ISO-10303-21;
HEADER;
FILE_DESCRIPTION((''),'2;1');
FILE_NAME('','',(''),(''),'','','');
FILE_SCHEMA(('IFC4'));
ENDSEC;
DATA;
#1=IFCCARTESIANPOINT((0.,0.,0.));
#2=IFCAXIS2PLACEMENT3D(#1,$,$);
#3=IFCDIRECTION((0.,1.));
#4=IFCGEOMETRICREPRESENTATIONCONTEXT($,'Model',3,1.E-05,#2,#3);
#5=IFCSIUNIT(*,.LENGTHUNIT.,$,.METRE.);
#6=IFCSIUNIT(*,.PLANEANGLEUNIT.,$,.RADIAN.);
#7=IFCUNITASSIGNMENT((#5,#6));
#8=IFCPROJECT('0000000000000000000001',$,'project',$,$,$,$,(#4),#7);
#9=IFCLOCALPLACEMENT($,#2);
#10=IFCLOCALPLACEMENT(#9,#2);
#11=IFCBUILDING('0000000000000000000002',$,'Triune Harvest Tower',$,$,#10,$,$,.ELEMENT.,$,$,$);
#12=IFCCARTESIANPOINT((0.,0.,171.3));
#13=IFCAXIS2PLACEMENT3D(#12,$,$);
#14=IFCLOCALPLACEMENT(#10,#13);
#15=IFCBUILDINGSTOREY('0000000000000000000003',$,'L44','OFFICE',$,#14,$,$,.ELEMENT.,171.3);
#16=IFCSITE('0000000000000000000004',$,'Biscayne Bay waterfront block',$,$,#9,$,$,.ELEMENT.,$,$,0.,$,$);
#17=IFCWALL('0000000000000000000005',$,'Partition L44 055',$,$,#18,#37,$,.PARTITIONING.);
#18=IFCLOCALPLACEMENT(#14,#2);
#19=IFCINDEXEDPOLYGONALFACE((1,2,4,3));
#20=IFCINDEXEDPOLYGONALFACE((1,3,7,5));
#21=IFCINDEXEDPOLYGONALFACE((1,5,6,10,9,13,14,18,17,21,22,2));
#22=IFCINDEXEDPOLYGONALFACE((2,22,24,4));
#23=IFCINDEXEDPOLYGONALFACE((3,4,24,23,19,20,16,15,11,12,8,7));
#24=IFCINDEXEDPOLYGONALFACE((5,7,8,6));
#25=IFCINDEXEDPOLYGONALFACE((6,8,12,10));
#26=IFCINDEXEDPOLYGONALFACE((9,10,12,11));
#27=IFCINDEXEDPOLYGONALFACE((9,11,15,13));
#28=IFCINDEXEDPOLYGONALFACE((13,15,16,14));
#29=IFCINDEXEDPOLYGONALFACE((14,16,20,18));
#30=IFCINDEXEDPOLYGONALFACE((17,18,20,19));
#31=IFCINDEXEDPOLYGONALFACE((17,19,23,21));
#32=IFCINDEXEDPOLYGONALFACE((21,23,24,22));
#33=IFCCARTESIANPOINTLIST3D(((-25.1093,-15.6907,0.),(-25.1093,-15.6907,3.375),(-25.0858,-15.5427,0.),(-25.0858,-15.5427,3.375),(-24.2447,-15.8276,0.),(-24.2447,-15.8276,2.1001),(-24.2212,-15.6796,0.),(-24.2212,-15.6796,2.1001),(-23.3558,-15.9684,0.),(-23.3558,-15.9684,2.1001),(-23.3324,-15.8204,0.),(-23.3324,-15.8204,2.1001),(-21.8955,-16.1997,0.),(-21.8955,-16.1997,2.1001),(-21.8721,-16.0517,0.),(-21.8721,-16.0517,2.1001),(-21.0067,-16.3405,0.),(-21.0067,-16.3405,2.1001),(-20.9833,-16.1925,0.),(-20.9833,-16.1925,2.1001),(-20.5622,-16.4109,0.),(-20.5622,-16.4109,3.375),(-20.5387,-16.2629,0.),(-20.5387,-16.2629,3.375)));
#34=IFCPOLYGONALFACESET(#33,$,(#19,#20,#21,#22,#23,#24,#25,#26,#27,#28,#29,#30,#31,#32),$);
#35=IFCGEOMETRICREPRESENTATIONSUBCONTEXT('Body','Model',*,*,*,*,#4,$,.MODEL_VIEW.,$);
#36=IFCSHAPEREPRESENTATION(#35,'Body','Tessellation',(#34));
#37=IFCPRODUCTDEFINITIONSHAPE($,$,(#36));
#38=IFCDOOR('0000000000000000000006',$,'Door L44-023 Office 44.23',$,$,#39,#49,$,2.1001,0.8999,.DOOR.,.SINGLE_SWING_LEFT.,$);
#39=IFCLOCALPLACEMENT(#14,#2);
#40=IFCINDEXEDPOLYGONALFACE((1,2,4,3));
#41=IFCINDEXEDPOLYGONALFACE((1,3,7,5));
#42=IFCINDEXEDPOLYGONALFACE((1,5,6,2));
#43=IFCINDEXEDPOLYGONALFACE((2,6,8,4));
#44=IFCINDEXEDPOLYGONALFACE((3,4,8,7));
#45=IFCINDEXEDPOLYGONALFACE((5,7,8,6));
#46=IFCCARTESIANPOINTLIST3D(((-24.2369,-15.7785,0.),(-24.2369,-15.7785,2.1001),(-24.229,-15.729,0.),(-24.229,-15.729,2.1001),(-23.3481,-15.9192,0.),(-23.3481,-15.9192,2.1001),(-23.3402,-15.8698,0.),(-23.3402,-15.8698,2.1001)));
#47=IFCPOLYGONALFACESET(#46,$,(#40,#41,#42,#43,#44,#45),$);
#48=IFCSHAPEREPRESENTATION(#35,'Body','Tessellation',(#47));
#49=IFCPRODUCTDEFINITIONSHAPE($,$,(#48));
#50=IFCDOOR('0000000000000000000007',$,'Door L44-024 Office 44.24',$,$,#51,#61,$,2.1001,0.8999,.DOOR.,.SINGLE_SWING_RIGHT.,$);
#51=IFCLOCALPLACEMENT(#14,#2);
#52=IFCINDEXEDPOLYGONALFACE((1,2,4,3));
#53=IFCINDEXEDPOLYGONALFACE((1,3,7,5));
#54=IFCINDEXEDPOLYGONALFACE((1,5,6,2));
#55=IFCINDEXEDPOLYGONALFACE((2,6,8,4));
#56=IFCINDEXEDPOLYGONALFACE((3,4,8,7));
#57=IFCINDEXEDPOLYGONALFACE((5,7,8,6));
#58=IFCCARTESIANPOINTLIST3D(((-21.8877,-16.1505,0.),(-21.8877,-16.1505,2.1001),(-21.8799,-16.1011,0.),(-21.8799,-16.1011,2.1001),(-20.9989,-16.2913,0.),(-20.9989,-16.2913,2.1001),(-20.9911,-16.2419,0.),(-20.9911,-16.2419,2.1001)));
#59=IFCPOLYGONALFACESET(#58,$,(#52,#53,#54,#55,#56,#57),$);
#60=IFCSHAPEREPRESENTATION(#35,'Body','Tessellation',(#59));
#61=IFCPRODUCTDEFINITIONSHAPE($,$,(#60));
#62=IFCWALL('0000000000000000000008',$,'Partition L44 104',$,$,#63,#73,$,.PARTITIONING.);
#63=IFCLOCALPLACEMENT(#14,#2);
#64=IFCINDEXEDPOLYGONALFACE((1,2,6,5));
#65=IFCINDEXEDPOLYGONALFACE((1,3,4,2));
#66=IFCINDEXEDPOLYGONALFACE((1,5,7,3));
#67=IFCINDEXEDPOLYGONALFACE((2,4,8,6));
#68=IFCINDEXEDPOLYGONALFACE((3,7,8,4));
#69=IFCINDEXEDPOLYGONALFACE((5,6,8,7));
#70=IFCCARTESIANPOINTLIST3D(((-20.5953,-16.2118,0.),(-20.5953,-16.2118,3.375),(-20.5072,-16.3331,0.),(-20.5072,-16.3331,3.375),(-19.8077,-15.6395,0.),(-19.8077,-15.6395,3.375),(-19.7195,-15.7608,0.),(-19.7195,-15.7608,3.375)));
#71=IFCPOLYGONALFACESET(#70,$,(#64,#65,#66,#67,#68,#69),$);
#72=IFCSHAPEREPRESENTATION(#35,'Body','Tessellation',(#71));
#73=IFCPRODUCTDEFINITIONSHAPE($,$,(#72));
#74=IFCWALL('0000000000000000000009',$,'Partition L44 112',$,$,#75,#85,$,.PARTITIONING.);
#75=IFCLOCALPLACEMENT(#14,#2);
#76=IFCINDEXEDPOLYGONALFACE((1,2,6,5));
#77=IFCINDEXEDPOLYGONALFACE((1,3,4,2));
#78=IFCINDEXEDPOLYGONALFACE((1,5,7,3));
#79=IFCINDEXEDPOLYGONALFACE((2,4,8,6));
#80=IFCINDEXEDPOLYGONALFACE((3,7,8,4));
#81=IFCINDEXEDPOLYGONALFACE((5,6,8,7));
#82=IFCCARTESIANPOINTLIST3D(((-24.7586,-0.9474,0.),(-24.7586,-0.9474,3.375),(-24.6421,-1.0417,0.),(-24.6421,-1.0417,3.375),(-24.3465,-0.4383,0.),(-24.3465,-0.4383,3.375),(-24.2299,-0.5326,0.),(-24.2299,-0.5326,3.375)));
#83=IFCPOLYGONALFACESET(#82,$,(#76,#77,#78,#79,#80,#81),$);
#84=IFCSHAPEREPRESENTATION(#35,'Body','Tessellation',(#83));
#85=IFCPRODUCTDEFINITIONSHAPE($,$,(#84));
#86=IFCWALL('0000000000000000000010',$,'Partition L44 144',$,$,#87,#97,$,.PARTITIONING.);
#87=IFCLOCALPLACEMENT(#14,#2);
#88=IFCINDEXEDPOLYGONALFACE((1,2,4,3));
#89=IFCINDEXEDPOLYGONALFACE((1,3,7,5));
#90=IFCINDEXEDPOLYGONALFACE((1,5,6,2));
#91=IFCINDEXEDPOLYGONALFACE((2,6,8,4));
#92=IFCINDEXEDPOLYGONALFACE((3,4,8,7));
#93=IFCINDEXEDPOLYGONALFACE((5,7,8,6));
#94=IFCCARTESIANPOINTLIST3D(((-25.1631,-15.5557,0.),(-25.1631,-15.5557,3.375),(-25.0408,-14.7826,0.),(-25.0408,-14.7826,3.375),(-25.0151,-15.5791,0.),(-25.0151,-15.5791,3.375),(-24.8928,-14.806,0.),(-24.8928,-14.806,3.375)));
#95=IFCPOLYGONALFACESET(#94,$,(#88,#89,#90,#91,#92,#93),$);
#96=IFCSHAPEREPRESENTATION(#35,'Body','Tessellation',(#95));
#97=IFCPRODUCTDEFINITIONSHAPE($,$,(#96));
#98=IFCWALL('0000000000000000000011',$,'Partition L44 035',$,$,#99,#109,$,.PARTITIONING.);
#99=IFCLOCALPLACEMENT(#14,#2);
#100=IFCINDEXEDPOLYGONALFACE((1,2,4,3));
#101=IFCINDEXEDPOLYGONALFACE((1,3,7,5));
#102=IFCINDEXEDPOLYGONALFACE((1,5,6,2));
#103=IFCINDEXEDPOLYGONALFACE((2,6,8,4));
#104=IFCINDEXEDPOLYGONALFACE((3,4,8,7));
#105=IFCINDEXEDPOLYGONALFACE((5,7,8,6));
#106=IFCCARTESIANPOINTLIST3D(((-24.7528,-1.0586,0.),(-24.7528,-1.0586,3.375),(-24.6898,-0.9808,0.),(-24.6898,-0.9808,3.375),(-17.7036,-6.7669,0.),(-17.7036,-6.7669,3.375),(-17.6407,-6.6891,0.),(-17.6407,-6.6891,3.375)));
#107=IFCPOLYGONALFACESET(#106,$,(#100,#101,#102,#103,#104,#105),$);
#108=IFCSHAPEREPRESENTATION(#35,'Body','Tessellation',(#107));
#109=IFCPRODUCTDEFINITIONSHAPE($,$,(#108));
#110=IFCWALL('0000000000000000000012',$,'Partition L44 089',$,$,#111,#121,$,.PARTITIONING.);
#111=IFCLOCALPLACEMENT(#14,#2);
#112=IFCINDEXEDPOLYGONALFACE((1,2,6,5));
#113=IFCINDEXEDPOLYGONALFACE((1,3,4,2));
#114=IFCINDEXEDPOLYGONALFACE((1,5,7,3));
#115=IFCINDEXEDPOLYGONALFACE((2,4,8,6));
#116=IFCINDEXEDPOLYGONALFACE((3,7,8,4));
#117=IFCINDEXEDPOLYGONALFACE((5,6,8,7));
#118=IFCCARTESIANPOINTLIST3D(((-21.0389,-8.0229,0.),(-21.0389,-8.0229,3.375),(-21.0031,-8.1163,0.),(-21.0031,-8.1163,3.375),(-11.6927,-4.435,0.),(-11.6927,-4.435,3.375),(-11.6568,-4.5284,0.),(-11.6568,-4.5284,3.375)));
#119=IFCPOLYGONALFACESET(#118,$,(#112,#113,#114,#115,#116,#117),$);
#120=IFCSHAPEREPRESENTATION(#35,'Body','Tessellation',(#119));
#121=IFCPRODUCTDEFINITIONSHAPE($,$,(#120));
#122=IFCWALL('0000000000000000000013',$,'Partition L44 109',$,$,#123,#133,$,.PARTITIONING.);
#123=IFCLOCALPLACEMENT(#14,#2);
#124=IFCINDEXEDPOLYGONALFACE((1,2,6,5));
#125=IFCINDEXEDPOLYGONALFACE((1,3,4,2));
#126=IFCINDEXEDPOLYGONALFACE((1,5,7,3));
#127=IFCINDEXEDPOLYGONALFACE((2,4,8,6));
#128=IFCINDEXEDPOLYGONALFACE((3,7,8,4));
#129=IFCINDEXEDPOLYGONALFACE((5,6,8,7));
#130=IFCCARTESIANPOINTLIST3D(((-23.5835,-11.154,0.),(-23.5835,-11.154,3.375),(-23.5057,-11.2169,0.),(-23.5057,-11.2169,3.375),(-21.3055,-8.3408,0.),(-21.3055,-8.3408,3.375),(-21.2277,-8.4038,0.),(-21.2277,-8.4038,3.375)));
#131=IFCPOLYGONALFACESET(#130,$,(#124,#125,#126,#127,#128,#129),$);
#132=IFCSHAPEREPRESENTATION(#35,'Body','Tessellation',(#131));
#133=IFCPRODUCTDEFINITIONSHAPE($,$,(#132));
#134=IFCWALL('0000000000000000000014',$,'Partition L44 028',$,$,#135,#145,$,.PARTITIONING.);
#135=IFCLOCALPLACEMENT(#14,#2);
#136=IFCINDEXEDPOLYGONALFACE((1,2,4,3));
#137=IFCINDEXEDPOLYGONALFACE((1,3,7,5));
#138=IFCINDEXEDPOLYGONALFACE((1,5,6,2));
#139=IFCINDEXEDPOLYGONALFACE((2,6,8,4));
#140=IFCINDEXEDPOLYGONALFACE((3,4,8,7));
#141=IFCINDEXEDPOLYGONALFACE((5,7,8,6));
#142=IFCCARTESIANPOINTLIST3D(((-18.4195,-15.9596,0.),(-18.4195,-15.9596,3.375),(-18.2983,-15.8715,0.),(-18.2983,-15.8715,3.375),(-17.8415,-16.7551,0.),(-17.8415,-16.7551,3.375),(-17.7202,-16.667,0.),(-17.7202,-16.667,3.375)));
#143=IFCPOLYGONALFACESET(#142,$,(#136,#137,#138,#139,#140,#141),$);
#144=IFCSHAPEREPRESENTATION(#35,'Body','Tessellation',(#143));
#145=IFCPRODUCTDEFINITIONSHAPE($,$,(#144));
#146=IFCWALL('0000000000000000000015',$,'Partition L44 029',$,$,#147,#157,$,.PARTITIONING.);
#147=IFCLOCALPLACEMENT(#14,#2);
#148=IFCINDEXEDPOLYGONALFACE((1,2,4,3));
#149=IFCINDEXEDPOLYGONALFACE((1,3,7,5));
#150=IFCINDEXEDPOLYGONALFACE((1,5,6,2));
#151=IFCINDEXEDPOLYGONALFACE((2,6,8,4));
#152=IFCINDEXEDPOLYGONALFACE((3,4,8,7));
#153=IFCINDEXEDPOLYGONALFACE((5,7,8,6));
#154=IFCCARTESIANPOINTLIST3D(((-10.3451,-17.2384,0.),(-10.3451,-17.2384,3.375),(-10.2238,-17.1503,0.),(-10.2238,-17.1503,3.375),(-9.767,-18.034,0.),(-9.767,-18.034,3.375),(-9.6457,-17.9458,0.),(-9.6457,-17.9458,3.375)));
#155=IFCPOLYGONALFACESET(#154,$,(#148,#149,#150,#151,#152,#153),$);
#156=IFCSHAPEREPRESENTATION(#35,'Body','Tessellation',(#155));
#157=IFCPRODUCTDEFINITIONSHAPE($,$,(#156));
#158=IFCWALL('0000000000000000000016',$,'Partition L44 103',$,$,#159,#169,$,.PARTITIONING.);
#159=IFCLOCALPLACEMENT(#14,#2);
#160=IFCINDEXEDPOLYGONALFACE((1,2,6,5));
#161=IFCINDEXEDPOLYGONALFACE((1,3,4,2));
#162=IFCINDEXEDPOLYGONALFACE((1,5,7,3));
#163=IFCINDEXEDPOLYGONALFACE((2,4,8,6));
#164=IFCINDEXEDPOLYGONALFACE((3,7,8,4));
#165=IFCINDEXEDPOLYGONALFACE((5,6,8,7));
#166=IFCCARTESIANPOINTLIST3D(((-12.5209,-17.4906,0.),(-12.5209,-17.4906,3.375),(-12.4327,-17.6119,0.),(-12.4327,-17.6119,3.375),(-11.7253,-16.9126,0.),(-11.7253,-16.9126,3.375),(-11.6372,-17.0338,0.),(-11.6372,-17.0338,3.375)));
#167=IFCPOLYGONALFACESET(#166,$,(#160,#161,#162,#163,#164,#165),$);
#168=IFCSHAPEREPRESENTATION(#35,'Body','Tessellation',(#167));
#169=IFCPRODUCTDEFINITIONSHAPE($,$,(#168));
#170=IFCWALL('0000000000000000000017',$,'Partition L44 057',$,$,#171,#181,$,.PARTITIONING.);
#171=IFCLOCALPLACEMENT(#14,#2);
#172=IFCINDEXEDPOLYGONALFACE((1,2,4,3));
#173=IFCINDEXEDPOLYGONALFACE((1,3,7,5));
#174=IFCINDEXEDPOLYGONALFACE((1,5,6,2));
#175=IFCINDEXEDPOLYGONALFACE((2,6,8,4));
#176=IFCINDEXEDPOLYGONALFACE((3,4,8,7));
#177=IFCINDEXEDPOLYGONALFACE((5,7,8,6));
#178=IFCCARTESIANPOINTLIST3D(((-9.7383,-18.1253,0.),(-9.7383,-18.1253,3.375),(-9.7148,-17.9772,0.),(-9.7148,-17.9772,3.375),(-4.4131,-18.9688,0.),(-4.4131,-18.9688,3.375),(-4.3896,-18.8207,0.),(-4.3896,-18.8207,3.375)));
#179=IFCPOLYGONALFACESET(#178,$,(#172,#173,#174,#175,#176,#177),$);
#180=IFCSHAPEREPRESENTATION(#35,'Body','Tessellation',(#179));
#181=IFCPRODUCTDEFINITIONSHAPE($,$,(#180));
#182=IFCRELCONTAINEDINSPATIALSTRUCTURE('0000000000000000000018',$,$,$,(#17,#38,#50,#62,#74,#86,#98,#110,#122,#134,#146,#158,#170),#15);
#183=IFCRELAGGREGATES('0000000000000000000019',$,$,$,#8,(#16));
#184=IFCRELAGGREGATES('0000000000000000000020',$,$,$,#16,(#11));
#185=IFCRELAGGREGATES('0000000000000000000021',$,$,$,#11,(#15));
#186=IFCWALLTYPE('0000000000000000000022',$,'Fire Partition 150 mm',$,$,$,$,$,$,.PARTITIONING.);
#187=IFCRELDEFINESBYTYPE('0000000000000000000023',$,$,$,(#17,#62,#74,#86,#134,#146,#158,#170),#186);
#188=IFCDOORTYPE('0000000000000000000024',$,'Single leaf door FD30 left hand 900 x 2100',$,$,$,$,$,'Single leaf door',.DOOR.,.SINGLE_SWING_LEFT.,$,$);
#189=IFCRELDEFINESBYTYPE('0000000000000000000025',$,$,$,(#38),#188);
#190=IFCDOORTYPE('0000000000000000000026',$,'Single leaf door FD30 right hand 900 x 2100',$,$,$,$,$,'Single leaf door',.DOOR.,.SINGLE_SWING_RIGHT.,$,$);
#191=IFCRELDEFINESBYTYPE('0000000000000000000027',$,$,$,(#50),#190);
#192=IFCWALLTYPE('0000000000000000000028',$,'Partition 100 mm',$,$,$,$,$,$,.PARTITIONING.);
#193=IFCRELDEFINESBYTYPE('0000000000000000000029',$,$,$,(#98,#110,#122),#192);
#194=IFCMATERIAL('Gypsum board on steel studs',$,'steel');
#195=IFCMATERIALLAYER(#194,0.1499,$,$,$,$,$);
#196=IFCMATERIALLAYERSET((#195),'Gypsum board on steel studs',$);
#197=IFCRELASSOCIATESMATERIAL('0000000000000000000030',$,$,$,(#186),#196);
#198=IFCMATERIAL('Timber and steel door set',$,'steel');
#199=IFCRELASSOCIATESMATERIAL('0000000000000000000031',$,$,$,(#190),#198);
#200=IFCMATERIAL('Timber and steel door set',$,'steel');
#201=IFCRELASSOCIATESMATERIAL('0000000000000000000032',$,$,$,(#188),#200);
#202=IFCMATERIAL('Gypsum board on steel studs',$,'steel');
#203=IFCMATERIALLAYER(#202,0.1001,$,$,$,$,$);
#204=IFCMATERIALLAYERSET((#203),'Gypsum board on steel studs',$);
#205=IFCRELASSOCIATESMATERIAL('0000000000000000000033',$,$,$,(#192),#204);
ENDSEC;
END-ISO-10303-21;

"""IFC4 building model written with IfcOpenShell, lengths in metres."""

from ifc_helpers import new_model, si_unit, direction, frame, frame_2d, origin, place, context, subcontext, project, spatial, rectangle, extrude, source, transform, mapped, material, layer, layer_set, type_object, element, fill, save


model = new_model("IFC4")

# Units and contexts
model_context = context("Model", 3, precision=1e-05, world=origin(), true_north=direction((0.0, 1.0)))
body_context = subcontext(model_context, "Body", "Model", "MODEL_VIEW")
ifc_project = project(units=[si_unit("LENGTHUNIT", "METRE"), si_unit("PLANEANGLEUNIT", "RADIAN")], contexts=[model_context])

# Site, building, storey
site_placement = place(None, origin())
site = spatial("IfcSite", under=ifc_project, at=site_placement, Name="Biscayne Bay waterfront block", CompositionType="ELEMENT", RefElevation=0.0)
building_placement = place(site_placement, origin())
building = spatial("IfcBuilding", under=site, at=building_placement, Name="Triune Harvest Tower", CompositionType="ELEMENT")
storey_placement = place(building_placement, frame((0.0, 0.0, 171.3)))
storey = spatial("IfcBuildingStorey", under=building, at=storey_placement, Name="L44", Description="OFFICE", CompositionType="ELEMENT", Elevation=171.3)

# Shared definitions
ifc_material_1 = material(Name="Gypsum board on steel studs", Category="steel")
ifc_layer_1 = layer(ifc_material_1, 0.1499)
ifc_layer_set_1 = layer_set([ifc_layer_1], Name="Gypsum board on steel studs")
wall_type_1 = type_object("IfcWallType", Name="Fire Partition 150 mm", PredefinedType="PARTITIONING", material=ifc_layer_set_1)
ifc_material_2 = material(Name="Timber and steel door set", Category="steel")
door_type_1 = type_object("IfcDoorType", Name="Single leaf door FD30 right hand 900 x 2100", ElementType="Single leaf door", OperationType="SINGLE_SWING_RIGHT", PredefinedType="DOOR", material=ifc_material_2)

# Wall, openings, doors
wall_1_placement = place(storey_placement, frame((-25.0974, -15.6167, 0.0), z_axis=(0.0, 0.0, 1.0), x_axis=(0.987688, -0.156439, 0.0)))
wall_1 = element("IfcWall", 1, at=wall_1_placement, inside=storey, type_object=wall_type_1, Name="Partition L44 055", PredefinedType="PARTITIONING", context=body_context, shape_type="SweptSolid", body=[
    extrude(rectangle(XDim=4.6038, YDim=0.1499, at=frame_2d((2.3018, 0.0))), origin(), (0.0, 0.0, 1.0), 3.375),
])
opening_1_placement = place(wall_1_placement, frame((0.8752, 0.0, 0.0)))
opening_1 = element("IfcOpeningElement", 2, at=opening_1_placement, cuts=wall_1, PredefinedType="OPENING", context=body_context, shape_type="SweptSolid", body=[
    extrude(rectangle(XDim=0.8999, YDim=2.1001, at=frame_2d((0.45, 1.05))), frame((0.0, 0.085, 0.0), z_axis=(0.0, -1.0, 0.0), x_axis=(1.0, 0.0, 0.0)), (0.0, 0.0, 1.0), 0.1699),
])
opening_2_placement = place(wall_1_placement, frame((3.2537, 0.0, 0.0)))
opening_2 = element("IfcOpeningElement", 3, at=opening_2_placement, cuts=wall_1, PredefinedType="OPENING", context=body_context, shape_type="SweptSolid", body=[
    extrude(rectangle(XDim=0.8999, YDim=2.1001, at=frame_2d((0.45, 1.05))), frame((0.0, 0.085, 0.0), z_axis=(0.0, -1.0, 0.0), x_axis=(1.0, 0.0, 0.0)), (0.0, 0.0, 1.0), 0.1699),
])
ifc_material_3 = material(Name="Timber and steel door set", Category="steel")
door_type_2 = type_object("IfcDoorType", Name="Single leaf door FD30 left hand 900 x 2100", ElementType="Single leaf door", OperationType="SINGLE_SWING_LEFT", PredefinedType="DOOR", material=ifc_material_3)
door_1_placement = place(opening_1_placement, origin())
door_1 = element("IfcDoor", 4, at=door_1_placement, inside=storey, type_object=door_type_2, Name="Door L44-023 Office 44.23", OperationType="SINGLE_SWING_LEFT", OverallHeight=2.1001, OverallWidth=0.8999, PredefinedType="DOOR", context=body_context, shape_type="SweptSolid", body=[
    extrude(rectangle(XDim=0.8999, YDim=2.1001, at=frame_2d((0.45, 1.05))), frame((0.0, 0.0249, 0.0), z_axis=(0.0, -1.0, 0.0), x_axis=(1.0, 0.0, 0.0)), (0.0, 0.0, 1.0), 0.05),
])
fill(opening_1, door_1)
door_2_placement = place(opening_2_placement, origin())
door_2 = element("IfcDoor", 5, at=door_2_placement, inside=storey, type_object=door_type_1, Name="Door L44-024 Office 44.24", OperationType="SINGLE_SWING_RIGHT", OverallHeight=2.1001, OverallWidth=0.8999, PredefinedType="DOOR", context=body_context, shape_type="SweptSolid", body=[
    extrude(rectangle(XDim=0.8999, YDim=2.1001, at=frame_2d((0.45, 1.05))), frame((0.0, 0.0249, 0.0), z_axis=(0.0, -1.0, 0.0), x_axis=(1.0, 0.0, 0.0)), (0.0, 0.0, 1.0), 0.05),
])
fill(opening_2, door_2)

# Walls
wall_2_placement = place(storey_placement, frame((-20.5513, -16.2725, 0.0), z_axis=(0.0, 0.0, 1.0), x_axis=(0.808996, 0.587814, 0.0)))
element("IfcWall", 6, at=wall_2_placement, inside=storey, type_object=wall_type_1, Name="Partition L44 104", PredefinedType="PARTITIONING", context=body_context, shape_type="SweptSolid", body=[
    extrude(rectangle(XDim=0.9736, YDim=0.1499, at=frame_2d((0.4868, 0.0))), origin(), (0.0, 0.0, 1.0), 3.375),
])
wall_3_placement = place(storey_placement, frame((-24.7004, -0.9946, 0.0), z_axis=(0.0, 0.0, 1.0), x_axis=(0.62923, 0.777219, 0.0)))
element("IfcWall", 7, at=wall_3_placement, inside=storey, type_object=wall_type_1, Name="Partition L44 112", PredefinedType="PARTITIONING", context=body_context, shape_type="SweptSolid", body=[
    extrude(rectangle(XDim=0.655, YDim=0.1499, at=frame_2d((0.3276, 0.0))), origin(), (0.0, 0.0, 1.0), 3.375),
])
wall_4_placement = place(storey_placement, frame((-25.0891, -15.5674, 0.0), z_axis=(0.0, 0.0, 1.0), x_axis=(0.156251, 0.987717, 0.0)))
element("IfcWall", 8, at=wall_4_placement, inside=storey, type_object=wall_type_1, Name="Partition L44 144", PredefinedType="PARTITIONING", context=body_context, shape_type="SweptSolid", body=[
    extrude(rectangle(XDim=0.7827, YDim=0.1499, at=frame_2d((0.3914, 0.0))), origin(), (0.0, 0.0, 1.0), 3.375),
])
ifc_material_4 = material(Name="Gypsum board on steel studs", Category="steel")
ifc_layer_2 = layer(ifc_material_4, 0.1001)
ifc_layer_set_2 = layer_set([ifc_layer_2], Name="Gypsum board on steel studs")
wall_type_2 = type_object("IfcWallType", Name="Partition 100 mm", PredefinedType="PARTITIONING", material=ifc_layer_set_2)
wall_5_placement = place(storey_placement, frame((-24.7212, -1.0198, 0.0), z_axis=(0.0, 0.0, 1.0), x_axis=(0.777145, -0.629322, 0.0)))
element("IfcWall", 9, at=wall_5_placement, inside=storey, type_object=wall_type_2, Name="Partition L44 035", PredefinedType="PARTITIONING", context=body_context, shape_type="SweptSolid", body=[
    extrude(rectangle(XDim=9.0706, YDim=0.1001, at=frame_2d((4.5352, 0.0))), origin(), (0.0, 0.0, 1.0), 3.375),
])
wall_6_placement = place(storey_placement, frame((-21.021, -8.0696, 0.0), z_axis=(0.0, 0.0, 1.0), x_axis=(0.933573, 0.358387, 0.0)))
element("IfcWall", 10, at=wall_6_placement, inside=storey, type_object=wall_type_2, Name="Partition L44 089", PredefinedType="PARTITIONING", context=body_context, shape_type="SweptSolid", body=[
    extrude(rectangle(XDim=10.0112, YDim=0.1001, at=frame_2d((5.0056, 0.0))), origin(), (0.0, 0.0, 1.0), 3.375),
])
wall_7_placement = place(storey_placement, frame((-23.5447, -11.1855, 0.0), z_axis=(0.0, 0.0, 1.0), x_axis=(0.629315, 0.777151, 0.0)))
element("IfcWall", 11, at=wall_7_placement, inside=storey, type_object=wall_type_2, Name="Partition L44 109", PredefinedType="PARTITIONING", context=body_context, shape_type="SweptSolid", body=[
    extrude(rectangle(XDim=3.6199, YDim=0.1001, at=frame_2d((1.8101, 0.0))), origin(), (0.0, 0.0, 1.0), 3.375),
])
shared_shape_1 = source(origin(), body_context, "Body", "SweptSolid", [
    extrude(rectangle(XDim=0.9834, YDim=0.1499, at=frame_2d((0.4917, 0.0))), origin(), (0.0, 0.0, 1.0), 3.375),
])
for number, where, z_axis, x_axis, name in (
    (12, (-18.3589, -15.9155, 0.0), (0.0, 0.0, 1.0), (0.587817, -0.808994, 0.0), "Partition L44 028"),
    (13, (-10.2844, -17.1943, 0.0), (0.0, 0.0, 1.0), (0.587817, -0.808994, 0.0), "Partition L44 029"),
    (14, (-12.4768, -17.5513, 0.0), (0.0, 0.0, 1.0), (0.808994, 0.587817, 0.0), "Partition L44 103"),
):
    element("IfcWall", number, at=place(storey_placement, frame(where, z_axis=z_axis, x_axis=x_axis)), inside=storey, type_object=wall_type_1, Name=name, PredefinedType="PARTITIONING", context=body_context, shape_type="MappedRepresentation", body=[
        mapped(shared_shape_1, transform((0.0, 0.0, 0.0), scale=1.0)),
    ])
shared_shape_2 = source(origin(), body_context, "Body", "SweptSolid", [
    extrude(rectangle(XDim=5.3916, YDim=0.1499, at=frame_2d((2.6958, 0.0))), origin(), (0.0, 0.0, 1.0), 3.375),
])
wall_8_placement = place(storey_placement, frame((-9.7266, -18.0513, 0.0), z_axis=(0.0, 0.0, 1.0), x_axis=(0.987686, -0.156449, 0.0)))
element("IfcWall", 15, at=wall_8_placement, inside=storey, type_object=wall_type_1, Name="Partition L44 057", PredefinedType="PARTITIONING", context=body_context, shape_type="MappedRepresentation", body=[
    mapped(shared_shape_2, transform((0.0, 0.0, 0.0), scale=1.0)),
])

save(model, "model.ifc")
